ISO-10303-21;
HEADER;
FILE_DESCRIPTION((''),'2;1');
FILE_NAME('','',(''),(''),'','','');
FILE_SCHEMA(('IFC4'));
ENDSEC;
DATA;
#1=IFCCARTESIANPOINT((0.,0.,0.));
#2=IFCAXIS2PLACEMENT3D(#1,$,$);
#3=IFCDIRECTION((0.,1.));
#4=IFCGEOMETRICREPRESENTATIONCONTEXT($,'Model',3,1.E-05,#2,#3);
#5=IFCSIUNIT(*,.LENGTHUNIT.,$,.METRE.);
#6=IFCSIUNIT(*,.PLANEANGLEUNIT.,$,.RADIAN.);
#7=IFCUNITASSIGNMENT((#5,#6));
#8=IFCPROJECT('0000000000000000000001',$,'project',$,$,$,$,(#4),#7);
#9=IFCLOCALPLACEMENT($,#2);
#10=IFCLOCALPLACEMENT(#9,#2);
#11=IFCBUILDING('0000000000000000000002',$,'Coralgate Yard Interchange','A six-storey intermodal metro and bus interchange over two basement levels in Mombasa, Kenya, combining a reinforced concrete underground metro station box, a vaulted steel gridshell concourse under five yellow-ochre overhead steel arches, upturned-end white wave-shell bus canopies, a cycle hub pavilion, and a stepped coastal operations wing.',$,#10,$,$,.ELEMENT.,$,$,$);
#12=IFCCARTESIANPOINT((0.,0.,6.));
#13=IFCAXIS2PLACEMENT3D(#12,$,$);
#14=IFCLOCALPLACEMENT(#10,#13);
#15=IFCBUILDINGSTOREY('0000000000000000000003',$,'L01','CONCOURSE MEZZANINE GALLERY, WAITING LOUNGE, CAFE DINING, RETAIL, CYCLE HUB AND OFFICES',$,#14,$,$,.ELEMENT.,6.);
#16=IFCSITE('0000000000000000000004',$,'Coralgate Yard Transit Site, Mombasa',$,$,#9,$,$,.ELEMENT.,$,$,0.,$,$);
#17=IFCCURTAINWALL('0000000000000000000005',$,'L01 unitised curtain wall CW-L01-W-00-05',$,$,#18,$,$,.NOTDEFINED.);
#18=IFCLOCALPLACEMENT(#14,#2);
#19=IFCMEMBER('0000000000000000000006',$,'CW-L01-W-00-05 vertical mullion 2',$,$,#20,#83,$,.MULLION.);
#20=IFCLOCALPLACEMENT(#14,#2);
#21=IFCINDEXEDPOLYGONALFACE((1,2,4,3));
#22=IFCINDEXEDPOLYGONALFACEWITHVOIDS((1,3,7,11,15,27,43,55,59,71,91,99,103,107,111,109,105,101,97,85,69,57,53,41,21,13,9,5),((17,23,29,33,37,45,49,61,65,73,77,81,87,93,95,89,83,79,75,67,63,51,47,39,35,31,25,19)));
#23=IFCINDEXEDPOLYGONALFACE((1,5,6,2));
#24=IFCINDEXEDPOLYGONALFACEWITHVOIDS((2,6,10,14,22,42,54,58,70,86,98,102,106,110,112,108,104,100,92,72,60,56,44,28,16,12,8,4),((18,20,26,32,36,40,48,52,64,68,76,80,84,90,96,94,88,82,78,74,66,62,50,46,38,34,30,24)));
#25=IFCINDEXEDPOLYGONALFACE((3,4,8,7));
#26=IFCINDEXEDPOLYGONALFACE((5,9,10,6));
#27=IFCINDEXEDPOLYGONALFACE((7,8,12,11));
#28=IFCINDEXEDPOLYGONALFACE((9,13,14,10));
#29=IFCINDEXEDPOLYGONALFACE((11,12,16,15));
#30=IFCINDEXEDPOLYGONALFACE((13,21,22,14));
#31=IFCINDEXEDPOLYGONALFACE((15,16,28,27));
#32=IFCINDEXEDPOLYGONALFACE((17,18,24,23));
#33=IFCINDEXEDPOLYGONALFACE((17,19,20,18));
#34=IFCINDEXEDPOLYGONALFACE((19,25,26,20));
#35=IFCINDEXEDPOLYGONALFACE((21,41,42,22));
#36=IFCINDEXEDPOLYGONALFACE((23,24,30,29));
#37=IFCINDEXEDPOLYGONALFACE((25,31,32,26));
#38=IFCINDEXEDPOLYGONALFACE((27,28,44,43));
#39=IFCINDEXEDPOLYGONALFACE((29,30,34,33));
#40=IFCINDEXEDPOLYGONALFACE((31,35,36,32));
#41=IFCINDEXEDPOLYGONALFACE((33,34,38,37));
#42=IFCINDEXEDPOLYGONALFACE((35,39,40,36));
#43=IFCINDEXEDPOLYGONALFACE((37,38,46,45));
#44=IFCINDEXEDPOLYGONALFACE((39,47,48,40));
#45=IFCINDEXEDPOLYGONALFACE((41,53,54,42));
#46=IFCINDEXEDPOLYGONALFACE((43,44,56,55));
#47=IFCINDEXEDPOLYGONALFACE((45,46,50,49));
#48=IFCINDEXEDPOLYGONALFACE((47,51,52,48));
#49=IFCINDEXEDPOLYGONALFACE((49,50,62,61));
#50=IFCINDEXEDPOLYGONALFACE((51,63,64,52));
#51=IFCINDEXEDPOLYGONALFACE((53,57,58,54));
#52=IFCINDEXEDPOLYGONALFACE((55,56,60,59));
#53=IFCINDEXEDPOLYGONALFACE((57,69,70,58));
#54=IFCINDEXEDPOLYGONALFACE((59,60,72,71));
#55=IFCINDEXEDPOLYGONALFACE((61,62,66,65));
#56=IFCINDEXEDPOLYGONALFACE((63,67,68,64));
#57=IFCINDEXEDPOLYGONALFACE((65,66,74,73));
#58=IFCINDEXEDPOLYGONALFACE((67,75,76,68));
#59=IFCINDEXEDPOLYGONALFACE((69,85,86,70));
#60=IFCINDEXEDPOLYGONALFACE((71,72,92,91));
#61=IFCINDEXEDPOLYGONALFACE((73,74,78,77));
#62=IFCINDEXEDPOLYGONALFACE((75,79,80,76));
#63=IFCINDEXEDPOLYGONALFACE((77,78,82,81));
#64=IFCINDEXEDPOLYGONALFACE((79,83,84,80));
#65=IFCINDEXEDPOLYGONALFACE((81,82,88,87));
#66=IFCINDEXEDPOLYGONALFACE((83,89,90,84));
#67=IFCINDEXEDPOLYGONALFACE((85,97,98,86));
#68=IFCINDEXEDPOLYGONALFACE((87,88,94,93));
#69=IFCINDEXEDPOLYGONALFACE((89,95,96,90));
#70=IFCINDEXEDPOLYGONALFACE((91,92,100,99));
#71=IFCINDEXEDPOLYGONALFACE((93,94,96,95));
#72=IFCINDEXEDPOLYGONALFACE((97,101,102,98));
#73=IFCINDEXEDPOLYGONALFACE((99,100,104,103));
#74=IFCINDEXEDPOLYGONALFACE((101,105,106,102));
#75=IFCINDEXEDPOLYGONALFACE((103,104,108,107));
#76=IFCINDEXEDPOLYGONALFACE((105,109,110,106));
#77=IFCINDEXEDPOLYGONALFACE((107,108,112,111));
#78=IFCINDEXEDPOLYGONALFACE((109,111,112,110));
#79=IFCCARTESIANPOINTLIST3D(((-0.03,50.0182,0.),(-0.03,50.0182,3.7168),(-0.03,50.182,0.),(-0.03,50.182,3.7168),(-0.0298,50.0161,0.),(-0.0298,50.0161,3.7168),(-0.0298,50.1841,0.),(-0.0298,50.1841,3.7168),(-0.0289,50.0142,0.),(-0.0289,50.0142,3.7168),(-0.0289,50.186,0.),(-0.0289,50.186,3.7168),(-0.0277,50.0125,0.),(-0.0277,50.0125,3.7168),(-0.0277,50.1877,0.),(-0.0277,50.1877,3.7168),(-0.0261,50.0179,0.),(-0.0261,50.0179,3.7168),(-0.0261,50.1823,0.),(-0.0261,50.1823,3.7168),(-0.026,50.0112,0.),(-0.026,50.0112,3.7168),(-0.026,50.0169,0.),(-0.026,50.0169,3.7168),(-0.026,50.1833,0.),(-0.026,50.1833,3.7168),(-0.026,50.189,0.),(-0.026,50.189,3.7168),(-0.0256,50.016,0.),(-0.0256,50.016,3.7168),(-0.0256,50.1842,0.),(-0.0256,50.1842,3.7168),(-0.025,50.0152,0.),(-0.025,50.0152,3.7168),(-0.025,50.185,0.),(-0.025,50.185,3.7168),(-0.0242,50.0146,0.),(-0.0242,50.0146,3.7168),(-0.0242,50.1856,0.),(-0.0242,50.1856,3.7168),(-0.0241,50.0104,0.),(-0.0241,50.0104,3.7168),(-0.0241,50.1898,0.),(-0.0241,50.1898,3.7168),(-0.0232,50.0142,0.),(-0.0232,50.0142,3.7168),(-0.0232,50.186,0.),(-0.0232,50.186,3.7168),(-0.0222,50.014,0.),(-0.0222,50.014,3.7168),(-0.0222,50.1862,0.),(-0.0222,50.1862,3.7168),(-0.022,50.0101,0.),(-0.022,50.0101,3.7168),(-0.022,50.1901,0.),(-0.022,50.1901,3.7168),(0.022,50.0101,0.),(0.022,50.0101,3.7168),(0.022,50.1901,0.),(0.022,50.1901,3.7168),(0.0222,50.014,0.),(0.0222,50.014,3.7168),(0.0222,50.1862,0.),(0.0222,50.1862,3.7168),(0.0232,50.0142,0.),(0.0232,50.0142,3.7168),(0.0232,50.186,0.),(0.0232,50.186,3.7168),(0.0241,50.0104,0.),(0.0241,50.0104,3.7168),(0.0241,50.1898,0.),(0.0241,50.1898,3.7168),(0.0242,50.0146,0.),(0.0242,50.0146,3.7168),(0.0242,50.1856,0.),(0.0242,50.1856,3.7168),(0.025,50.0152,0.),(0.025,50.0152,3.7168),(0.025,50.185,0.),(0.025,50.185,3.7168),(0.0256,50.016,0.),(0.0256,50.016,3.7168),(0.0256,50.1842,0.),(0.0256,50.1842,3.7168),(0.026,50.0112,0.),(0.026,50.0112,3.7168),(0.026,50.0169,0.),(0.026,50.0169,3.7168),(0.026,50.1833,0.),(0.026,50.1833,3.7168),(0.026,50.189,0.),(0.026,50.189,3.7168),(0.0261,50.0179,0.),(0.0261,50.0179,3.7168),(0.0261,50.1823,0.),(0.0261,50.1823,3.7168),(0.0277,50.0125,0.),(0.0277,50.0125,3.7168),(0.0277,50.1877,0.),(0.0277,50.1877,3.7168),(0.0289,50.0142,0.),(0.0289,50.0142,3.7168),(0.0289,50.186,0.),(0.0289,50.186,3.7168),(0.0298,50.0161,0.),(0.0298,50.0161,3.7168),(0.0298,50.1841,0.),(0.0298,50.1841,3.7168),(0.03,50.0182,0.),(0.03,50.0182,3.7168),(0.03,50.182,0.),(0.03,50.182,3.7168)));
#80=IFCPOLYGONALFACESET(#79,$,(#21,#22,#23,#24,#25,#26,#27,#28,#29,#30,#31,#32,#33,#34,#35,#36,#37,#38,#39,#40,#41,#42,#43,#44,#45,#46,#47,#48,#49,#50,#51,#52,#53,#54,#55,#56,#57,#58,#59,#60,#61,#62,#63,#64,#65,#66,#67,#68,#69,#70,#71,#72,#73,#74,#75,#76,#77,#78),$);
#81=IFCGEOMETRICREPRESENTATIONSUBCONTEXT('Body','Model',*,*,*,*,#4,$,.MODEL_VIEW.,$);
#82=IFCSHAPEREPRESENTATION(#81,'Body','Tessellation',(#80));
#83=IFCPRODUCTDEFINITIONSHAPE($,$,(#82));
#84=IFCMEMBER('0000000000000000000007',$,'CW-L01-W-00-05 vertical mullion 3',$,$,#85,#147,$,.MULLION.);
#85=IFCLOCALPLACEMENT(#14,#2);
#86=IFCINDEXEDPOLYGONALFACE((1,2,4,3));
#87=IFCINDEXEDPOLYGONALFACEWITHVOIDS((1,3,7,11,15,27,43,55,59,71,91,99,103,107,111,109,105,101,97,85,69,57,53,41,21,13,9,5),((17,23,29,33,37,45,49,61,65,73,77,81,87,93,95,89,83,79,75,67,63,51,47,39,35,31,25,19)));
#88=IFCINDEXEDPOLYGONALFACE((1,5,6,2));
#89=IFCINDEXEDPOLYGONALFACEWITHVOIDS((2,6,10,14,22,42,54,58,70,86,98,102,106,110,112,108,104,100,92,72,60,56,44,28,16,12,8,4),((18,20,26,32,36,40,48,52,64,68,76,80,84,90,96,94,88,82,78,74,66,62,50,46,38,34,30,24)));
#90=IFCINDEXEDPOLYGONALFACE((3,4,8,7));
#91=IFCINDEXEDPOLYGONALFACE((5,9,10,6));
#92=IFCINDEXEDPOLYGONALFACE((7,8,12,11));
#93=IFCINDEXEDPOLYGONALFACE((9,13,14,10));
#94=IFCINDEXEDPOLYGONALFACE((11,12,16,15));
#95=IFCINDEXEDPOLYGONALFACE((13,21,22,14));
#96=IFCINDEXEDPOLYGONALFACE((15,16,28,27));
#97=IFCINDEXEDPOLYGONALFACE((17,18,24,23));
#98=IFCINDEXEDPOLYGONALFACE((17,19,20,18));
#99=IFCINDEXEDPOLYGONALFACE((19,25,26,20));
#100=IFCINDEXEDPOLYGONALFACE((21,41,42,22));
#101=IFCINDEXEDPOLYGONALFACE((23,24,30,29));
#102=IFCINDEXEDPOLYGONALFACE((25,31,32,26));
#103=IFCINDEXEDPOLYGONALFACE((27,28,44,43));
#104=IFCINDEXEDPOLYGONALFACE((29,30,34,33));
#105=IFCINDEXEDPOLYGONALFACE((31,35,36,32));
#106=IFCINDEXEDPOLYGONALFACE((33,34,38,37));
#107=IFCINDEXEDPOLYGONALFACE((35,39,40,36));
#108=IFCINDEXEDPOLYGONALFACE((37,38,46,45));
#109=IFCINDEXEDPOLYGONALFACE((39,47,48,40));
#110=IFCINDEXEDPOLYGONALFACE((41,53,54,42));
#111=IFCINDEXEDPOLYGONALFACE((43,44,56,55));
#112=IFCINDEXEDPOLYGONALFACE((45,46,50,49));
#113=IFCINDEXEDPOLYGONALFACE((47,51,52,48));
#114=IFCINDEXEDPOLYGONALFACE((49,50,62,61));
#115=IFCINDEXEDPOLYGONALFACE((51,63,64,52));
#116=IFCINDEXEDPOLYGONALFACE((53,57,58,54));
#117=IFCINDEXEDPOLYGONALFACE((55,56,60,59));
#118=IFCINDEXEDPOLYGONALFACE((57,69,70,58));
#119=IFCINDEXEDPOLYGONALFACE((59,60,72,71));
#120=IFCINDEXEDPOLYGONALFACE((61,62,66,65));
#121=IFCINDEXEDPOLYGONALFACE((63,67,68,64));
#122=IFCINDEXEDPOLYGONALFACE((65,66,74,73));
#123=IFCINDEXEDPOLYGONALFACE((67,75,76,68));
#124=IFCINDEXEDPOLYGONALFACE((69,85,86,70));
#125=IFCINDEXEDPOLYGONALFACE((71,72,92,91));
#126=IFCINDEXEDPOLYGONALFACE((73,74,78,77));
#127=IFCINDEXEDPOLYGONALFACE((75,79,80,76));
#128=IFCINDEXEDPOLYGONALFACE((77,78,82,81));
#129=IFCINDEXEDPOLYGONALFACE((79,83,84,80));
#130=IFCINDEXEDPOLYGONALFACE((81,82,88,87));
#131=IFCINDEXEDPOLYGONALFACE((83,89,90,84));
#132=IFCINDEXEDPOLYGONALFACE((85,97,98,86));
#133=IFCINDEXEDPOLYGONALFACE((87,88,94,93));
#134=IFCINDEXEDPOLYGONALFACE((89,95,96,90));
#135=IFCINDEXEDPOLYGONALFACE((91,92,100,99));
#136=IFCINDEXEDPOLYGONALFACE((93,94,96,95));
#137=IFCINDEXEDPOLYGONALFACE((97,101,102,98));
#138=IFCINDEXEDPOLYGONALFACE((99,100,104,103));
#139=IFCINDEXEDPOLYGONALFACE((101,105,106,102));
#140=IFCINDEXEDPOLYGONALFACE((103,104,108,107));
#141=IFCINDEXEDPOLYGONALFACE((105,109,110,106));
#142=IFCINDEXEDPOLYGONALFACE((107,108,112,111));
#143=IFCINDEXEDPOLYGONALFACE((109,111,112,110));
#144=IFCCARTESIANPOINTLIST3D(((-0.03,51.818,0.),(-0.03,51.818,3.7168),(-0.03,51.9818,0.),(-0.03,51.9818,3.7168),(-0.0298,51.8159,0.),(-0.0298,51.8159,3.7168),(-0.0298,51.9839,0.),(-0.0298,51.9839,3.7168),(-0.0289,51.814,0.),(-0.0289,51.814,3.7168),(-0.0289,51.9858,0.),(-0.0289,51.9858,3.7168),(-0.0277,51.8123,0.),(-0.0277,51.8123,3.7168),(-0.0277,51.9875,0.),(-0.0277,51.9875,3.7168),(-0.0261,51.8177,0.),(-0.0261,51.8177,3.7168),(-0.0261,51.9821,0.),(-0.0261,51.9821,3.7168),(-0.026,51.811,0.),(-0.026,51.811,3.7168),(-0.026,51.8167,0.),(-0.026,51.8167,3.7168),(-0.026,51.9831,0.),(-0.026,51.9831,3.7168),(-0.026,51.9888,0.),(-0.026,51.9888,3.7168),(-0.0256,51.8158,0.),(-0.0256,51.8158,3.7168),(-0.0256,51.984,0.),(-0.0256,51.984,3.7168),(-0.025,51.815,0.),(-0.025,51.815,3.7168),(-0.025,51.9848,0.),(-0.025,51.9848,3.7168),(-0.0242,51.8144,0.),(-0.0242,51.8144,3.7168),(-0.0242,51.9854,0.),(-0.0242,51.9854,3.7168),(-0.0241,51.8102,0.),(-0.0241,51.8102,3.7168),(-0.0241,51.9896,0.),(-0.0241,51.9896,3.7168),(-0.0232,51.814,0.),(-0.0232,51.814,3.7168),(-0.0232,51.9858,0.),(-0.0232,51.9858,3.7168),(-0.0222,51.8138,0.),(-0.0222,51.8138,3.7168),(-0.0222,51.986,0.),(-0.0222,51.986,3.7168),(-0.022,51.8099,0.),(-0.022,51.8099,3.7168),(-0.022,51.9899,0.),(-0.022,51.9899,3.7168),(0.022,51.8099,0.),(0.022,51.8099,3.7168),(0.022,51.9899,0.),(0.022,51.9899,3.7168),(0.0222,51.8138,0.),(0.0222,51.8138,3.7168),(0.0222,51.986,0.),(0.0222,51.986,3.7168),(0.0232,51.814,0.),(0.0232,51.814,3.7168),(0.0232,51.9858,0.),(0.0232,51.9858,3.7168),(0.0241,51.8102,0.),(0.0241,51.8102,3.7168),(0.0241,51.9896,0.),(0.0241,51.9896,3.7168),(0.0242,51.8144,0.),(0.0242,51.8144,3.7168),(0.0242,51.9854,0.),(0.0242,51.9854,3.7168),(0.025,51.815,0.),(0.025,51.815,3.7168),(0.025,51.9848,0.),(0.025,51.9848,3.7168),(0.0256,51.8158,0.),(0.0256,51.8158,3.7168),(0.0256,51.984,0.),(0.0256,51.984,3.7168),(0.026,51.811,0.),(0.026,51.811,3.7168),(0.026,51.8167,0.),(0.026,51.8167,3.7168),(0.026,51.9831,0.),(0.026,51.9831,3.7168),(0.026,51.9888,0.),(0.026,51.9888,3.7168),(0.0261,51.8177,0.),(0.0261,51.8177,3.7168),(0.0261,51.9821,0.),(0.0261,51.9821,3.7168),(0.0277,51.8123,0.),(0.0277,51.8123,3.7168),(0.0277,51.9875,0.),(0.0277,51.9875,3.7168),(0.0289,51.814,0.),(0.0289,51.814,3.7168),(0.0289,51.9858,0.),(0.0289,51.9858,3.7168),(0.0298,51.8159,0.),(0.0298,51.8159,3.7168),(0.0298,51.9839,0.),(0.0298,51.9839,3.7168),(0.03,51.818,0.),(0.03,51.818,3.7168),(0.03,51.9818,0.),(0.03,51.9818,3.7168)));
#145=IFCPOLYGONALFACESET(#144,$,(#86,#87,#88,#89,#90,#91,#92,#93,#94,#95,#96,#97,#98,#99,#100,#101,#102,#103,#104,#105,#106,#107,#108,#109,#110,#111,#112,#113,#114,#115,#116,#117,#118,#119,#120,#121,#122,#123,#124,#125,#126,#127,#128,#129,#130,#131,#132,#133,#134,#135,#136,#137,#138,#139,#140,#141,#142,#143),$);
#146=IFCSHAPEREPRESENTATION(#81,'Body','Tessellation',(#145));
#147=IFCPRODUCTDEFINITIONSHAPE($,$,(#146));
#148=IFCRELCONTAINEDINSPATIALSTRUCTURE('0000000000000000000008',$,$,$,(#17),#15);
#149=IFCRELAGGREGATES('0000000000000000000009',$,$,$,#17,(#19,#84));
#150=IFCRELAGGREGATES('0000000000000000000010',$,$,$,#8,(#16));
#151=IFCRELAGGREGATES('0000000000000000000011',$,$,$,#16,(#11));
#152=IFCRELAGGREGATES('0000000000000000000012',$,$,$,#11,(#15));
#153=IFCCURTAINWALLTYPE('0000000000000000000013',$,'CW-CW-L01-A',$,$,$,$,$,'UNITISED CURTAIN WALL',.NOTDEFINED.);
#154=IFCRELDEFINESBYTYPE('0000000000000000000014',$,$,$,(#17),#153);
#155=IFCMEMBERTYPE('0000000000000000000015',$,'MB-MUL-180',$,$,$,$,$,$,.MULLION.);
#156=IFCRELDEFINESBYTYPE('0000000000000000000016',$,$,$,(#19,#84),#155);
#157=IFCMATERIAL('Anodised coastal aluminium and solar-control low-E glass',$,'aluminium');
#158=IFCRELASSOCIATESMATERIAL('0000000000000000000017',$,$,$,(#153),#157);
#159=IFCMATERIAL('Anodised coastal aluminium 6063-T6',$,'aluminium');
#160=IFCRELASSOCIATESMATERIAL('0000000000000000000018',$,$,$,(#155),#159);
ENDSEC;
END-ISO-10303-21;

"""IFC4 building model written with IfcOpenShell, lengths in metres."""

from ifc_helpers import new_model, si_unit, direction, frame, origin, origin_2d, place, context, subcontext, project, spatial, hollow_rectangle, extrude, material, material_profile, profile_set, type_object, element, aggregate, save


model = new_model("IFC4")

# Units and contexts
model_context = context("Model", 3, precision=1e-05, world=origin(), true_north=direction((0.0, 1.0)))
body_context = subcontext(model_context, "Body", "Model", "MODEL_VIEW")
ifc_project = project(units=[si_unit("LENGTHUNIT", "METRE"), si_unit("PLANEANGLEUNIT", "RADIAN")], contexts=[model_context])

# Site, building, storey
site_placement = place(None, origin())
site = spatial("IfcSite", under=ifc_project, at=site_placement, Name="Coralgate Yard Transit Site, Mombasa", CompositionType="ELEMENT", RefElevation=0.0)
building_placement = place(site_placement, origin())
building = spatial("IfcBuilding", under=site, at=building_placement, Name="Coralgate Yard Interchange", Description="A six-storey intermodal metro and bus interchange over two basement levels in Mombasa, Kenya, combining a reinforced concrete underground metro station box, a vaulted steel gridshell concourse under five yellow-ochre overhead steel arches, upturned-end white wave-shell bus canopies, a cycle hub pavilion, and a stepped coastal operations wing.", CompositionType="ELEMENT")
storey_placement = place(building_placement, frame((0.0, 0.0, 6.0)))
storey = spatial("IfcBuildingStorey", under=building, at=storey_placement, Name="L01", Description="CONCOURSE MEZZANINE GALLERY, WAITING LOUNGE, CAFE DINING, RETAIL, CYCLE HUB AND OFFICES", CompositionType="ELEMENT", Elevation=6.0)

# Curtain wall, members
ifc_material_1 = material(Name="Anodised coastal aluminium and solar-control low-E glass", Category="aluminium")
curtain_wall_type = type_object("IfcCurtainWallType", Name="CW-CW-L01-A", ElementType="UNITISED CURTAIN WALL", PredefinedType="NOTDEFINED", material=ifc_material_1)
curtain_wall_placement = place(storey_placement, origin())
curtain_wall = element("IfcCurtainWall", 1, at=curtain_wall_placement, inside=storey, type_object=curtain_wall_type, Name="L01 unitised curtain wall CW-L01-W-00-05", PredefinedType="NOTDEFINED")
ifc_material_2 = material(Name="Anodised coastal aluminium 6063-T6", Category="aluminium")
ifc_material_profile_1 = material_profile(ifc_material_2, hollow_rectangle(XDim=0.0601, YDim=0.1799, WallThickness=0.0039, InnerFilletRadius=0.0039, OuterFilletRadius=0.0081, at=origin_2d()), Name="ALU 60x180x4")
ifc_profile_set_1 = profile_set([ifc_material_profile_1], Name="Anodised coastal aluminium 6063-T6")
member_type_1 = type_object("IfcMemberType", Name="MB-MUL-180", PredefinedType="MULLION", material=ifc_profile_set_1)
member_1_placement = place(storey_placement, frame((0.0, 50.1001, 0.0), z_axis=(0.0, 0.0, 1.0), x_axis=(1.0, 0.0, 0.0)))
member_1 = element("IfcMember", 2, at=member_1_placement, type_object=member_type_1, Name="CW-L01-W-00-05 vertical mullion 2", PredefinedType="MULLION", context=body_context, shape_type="SweptSolid", body=[
    extrude(hollow_rectangle(XDim=0.0601, YDim=0.1799, WallThickness=0.0039, InnerFilletRadius=0.0039, OuterFilletRadius=0.0081, at=origin_2d()), origin(), (0.0, 0.0, 1.0), 3.7168),
])
member_2_placement = place(storey_placement, frame((0.0, 51.8999, 0.0), z_axis=(0.0, 0.0, 1.0), x_axis=(1.0, 0.0, 0.0)))
member_2 = element("IfcMember", 3, at=member_2_placement, type_object=member_type_1, Name="CW-L01-W-00-05 vertical mullion 3", PredefinedType="MULLION", context=body_context, shape_type="SweptSolid", body=[
    extrude(hollow_rectangle(XDim=0.0601, YDim=0.1799, WallThickness=0.0039, InnerFilletRadius=0.0039, OuterFilletRadius=0.0081, at=origin_2d()), origin(), (0.0, 0.0, 1.0), 3.7168),
])
aggregate(curtain_wall, [member_1, member_2])

save(model, "model.ifc")
